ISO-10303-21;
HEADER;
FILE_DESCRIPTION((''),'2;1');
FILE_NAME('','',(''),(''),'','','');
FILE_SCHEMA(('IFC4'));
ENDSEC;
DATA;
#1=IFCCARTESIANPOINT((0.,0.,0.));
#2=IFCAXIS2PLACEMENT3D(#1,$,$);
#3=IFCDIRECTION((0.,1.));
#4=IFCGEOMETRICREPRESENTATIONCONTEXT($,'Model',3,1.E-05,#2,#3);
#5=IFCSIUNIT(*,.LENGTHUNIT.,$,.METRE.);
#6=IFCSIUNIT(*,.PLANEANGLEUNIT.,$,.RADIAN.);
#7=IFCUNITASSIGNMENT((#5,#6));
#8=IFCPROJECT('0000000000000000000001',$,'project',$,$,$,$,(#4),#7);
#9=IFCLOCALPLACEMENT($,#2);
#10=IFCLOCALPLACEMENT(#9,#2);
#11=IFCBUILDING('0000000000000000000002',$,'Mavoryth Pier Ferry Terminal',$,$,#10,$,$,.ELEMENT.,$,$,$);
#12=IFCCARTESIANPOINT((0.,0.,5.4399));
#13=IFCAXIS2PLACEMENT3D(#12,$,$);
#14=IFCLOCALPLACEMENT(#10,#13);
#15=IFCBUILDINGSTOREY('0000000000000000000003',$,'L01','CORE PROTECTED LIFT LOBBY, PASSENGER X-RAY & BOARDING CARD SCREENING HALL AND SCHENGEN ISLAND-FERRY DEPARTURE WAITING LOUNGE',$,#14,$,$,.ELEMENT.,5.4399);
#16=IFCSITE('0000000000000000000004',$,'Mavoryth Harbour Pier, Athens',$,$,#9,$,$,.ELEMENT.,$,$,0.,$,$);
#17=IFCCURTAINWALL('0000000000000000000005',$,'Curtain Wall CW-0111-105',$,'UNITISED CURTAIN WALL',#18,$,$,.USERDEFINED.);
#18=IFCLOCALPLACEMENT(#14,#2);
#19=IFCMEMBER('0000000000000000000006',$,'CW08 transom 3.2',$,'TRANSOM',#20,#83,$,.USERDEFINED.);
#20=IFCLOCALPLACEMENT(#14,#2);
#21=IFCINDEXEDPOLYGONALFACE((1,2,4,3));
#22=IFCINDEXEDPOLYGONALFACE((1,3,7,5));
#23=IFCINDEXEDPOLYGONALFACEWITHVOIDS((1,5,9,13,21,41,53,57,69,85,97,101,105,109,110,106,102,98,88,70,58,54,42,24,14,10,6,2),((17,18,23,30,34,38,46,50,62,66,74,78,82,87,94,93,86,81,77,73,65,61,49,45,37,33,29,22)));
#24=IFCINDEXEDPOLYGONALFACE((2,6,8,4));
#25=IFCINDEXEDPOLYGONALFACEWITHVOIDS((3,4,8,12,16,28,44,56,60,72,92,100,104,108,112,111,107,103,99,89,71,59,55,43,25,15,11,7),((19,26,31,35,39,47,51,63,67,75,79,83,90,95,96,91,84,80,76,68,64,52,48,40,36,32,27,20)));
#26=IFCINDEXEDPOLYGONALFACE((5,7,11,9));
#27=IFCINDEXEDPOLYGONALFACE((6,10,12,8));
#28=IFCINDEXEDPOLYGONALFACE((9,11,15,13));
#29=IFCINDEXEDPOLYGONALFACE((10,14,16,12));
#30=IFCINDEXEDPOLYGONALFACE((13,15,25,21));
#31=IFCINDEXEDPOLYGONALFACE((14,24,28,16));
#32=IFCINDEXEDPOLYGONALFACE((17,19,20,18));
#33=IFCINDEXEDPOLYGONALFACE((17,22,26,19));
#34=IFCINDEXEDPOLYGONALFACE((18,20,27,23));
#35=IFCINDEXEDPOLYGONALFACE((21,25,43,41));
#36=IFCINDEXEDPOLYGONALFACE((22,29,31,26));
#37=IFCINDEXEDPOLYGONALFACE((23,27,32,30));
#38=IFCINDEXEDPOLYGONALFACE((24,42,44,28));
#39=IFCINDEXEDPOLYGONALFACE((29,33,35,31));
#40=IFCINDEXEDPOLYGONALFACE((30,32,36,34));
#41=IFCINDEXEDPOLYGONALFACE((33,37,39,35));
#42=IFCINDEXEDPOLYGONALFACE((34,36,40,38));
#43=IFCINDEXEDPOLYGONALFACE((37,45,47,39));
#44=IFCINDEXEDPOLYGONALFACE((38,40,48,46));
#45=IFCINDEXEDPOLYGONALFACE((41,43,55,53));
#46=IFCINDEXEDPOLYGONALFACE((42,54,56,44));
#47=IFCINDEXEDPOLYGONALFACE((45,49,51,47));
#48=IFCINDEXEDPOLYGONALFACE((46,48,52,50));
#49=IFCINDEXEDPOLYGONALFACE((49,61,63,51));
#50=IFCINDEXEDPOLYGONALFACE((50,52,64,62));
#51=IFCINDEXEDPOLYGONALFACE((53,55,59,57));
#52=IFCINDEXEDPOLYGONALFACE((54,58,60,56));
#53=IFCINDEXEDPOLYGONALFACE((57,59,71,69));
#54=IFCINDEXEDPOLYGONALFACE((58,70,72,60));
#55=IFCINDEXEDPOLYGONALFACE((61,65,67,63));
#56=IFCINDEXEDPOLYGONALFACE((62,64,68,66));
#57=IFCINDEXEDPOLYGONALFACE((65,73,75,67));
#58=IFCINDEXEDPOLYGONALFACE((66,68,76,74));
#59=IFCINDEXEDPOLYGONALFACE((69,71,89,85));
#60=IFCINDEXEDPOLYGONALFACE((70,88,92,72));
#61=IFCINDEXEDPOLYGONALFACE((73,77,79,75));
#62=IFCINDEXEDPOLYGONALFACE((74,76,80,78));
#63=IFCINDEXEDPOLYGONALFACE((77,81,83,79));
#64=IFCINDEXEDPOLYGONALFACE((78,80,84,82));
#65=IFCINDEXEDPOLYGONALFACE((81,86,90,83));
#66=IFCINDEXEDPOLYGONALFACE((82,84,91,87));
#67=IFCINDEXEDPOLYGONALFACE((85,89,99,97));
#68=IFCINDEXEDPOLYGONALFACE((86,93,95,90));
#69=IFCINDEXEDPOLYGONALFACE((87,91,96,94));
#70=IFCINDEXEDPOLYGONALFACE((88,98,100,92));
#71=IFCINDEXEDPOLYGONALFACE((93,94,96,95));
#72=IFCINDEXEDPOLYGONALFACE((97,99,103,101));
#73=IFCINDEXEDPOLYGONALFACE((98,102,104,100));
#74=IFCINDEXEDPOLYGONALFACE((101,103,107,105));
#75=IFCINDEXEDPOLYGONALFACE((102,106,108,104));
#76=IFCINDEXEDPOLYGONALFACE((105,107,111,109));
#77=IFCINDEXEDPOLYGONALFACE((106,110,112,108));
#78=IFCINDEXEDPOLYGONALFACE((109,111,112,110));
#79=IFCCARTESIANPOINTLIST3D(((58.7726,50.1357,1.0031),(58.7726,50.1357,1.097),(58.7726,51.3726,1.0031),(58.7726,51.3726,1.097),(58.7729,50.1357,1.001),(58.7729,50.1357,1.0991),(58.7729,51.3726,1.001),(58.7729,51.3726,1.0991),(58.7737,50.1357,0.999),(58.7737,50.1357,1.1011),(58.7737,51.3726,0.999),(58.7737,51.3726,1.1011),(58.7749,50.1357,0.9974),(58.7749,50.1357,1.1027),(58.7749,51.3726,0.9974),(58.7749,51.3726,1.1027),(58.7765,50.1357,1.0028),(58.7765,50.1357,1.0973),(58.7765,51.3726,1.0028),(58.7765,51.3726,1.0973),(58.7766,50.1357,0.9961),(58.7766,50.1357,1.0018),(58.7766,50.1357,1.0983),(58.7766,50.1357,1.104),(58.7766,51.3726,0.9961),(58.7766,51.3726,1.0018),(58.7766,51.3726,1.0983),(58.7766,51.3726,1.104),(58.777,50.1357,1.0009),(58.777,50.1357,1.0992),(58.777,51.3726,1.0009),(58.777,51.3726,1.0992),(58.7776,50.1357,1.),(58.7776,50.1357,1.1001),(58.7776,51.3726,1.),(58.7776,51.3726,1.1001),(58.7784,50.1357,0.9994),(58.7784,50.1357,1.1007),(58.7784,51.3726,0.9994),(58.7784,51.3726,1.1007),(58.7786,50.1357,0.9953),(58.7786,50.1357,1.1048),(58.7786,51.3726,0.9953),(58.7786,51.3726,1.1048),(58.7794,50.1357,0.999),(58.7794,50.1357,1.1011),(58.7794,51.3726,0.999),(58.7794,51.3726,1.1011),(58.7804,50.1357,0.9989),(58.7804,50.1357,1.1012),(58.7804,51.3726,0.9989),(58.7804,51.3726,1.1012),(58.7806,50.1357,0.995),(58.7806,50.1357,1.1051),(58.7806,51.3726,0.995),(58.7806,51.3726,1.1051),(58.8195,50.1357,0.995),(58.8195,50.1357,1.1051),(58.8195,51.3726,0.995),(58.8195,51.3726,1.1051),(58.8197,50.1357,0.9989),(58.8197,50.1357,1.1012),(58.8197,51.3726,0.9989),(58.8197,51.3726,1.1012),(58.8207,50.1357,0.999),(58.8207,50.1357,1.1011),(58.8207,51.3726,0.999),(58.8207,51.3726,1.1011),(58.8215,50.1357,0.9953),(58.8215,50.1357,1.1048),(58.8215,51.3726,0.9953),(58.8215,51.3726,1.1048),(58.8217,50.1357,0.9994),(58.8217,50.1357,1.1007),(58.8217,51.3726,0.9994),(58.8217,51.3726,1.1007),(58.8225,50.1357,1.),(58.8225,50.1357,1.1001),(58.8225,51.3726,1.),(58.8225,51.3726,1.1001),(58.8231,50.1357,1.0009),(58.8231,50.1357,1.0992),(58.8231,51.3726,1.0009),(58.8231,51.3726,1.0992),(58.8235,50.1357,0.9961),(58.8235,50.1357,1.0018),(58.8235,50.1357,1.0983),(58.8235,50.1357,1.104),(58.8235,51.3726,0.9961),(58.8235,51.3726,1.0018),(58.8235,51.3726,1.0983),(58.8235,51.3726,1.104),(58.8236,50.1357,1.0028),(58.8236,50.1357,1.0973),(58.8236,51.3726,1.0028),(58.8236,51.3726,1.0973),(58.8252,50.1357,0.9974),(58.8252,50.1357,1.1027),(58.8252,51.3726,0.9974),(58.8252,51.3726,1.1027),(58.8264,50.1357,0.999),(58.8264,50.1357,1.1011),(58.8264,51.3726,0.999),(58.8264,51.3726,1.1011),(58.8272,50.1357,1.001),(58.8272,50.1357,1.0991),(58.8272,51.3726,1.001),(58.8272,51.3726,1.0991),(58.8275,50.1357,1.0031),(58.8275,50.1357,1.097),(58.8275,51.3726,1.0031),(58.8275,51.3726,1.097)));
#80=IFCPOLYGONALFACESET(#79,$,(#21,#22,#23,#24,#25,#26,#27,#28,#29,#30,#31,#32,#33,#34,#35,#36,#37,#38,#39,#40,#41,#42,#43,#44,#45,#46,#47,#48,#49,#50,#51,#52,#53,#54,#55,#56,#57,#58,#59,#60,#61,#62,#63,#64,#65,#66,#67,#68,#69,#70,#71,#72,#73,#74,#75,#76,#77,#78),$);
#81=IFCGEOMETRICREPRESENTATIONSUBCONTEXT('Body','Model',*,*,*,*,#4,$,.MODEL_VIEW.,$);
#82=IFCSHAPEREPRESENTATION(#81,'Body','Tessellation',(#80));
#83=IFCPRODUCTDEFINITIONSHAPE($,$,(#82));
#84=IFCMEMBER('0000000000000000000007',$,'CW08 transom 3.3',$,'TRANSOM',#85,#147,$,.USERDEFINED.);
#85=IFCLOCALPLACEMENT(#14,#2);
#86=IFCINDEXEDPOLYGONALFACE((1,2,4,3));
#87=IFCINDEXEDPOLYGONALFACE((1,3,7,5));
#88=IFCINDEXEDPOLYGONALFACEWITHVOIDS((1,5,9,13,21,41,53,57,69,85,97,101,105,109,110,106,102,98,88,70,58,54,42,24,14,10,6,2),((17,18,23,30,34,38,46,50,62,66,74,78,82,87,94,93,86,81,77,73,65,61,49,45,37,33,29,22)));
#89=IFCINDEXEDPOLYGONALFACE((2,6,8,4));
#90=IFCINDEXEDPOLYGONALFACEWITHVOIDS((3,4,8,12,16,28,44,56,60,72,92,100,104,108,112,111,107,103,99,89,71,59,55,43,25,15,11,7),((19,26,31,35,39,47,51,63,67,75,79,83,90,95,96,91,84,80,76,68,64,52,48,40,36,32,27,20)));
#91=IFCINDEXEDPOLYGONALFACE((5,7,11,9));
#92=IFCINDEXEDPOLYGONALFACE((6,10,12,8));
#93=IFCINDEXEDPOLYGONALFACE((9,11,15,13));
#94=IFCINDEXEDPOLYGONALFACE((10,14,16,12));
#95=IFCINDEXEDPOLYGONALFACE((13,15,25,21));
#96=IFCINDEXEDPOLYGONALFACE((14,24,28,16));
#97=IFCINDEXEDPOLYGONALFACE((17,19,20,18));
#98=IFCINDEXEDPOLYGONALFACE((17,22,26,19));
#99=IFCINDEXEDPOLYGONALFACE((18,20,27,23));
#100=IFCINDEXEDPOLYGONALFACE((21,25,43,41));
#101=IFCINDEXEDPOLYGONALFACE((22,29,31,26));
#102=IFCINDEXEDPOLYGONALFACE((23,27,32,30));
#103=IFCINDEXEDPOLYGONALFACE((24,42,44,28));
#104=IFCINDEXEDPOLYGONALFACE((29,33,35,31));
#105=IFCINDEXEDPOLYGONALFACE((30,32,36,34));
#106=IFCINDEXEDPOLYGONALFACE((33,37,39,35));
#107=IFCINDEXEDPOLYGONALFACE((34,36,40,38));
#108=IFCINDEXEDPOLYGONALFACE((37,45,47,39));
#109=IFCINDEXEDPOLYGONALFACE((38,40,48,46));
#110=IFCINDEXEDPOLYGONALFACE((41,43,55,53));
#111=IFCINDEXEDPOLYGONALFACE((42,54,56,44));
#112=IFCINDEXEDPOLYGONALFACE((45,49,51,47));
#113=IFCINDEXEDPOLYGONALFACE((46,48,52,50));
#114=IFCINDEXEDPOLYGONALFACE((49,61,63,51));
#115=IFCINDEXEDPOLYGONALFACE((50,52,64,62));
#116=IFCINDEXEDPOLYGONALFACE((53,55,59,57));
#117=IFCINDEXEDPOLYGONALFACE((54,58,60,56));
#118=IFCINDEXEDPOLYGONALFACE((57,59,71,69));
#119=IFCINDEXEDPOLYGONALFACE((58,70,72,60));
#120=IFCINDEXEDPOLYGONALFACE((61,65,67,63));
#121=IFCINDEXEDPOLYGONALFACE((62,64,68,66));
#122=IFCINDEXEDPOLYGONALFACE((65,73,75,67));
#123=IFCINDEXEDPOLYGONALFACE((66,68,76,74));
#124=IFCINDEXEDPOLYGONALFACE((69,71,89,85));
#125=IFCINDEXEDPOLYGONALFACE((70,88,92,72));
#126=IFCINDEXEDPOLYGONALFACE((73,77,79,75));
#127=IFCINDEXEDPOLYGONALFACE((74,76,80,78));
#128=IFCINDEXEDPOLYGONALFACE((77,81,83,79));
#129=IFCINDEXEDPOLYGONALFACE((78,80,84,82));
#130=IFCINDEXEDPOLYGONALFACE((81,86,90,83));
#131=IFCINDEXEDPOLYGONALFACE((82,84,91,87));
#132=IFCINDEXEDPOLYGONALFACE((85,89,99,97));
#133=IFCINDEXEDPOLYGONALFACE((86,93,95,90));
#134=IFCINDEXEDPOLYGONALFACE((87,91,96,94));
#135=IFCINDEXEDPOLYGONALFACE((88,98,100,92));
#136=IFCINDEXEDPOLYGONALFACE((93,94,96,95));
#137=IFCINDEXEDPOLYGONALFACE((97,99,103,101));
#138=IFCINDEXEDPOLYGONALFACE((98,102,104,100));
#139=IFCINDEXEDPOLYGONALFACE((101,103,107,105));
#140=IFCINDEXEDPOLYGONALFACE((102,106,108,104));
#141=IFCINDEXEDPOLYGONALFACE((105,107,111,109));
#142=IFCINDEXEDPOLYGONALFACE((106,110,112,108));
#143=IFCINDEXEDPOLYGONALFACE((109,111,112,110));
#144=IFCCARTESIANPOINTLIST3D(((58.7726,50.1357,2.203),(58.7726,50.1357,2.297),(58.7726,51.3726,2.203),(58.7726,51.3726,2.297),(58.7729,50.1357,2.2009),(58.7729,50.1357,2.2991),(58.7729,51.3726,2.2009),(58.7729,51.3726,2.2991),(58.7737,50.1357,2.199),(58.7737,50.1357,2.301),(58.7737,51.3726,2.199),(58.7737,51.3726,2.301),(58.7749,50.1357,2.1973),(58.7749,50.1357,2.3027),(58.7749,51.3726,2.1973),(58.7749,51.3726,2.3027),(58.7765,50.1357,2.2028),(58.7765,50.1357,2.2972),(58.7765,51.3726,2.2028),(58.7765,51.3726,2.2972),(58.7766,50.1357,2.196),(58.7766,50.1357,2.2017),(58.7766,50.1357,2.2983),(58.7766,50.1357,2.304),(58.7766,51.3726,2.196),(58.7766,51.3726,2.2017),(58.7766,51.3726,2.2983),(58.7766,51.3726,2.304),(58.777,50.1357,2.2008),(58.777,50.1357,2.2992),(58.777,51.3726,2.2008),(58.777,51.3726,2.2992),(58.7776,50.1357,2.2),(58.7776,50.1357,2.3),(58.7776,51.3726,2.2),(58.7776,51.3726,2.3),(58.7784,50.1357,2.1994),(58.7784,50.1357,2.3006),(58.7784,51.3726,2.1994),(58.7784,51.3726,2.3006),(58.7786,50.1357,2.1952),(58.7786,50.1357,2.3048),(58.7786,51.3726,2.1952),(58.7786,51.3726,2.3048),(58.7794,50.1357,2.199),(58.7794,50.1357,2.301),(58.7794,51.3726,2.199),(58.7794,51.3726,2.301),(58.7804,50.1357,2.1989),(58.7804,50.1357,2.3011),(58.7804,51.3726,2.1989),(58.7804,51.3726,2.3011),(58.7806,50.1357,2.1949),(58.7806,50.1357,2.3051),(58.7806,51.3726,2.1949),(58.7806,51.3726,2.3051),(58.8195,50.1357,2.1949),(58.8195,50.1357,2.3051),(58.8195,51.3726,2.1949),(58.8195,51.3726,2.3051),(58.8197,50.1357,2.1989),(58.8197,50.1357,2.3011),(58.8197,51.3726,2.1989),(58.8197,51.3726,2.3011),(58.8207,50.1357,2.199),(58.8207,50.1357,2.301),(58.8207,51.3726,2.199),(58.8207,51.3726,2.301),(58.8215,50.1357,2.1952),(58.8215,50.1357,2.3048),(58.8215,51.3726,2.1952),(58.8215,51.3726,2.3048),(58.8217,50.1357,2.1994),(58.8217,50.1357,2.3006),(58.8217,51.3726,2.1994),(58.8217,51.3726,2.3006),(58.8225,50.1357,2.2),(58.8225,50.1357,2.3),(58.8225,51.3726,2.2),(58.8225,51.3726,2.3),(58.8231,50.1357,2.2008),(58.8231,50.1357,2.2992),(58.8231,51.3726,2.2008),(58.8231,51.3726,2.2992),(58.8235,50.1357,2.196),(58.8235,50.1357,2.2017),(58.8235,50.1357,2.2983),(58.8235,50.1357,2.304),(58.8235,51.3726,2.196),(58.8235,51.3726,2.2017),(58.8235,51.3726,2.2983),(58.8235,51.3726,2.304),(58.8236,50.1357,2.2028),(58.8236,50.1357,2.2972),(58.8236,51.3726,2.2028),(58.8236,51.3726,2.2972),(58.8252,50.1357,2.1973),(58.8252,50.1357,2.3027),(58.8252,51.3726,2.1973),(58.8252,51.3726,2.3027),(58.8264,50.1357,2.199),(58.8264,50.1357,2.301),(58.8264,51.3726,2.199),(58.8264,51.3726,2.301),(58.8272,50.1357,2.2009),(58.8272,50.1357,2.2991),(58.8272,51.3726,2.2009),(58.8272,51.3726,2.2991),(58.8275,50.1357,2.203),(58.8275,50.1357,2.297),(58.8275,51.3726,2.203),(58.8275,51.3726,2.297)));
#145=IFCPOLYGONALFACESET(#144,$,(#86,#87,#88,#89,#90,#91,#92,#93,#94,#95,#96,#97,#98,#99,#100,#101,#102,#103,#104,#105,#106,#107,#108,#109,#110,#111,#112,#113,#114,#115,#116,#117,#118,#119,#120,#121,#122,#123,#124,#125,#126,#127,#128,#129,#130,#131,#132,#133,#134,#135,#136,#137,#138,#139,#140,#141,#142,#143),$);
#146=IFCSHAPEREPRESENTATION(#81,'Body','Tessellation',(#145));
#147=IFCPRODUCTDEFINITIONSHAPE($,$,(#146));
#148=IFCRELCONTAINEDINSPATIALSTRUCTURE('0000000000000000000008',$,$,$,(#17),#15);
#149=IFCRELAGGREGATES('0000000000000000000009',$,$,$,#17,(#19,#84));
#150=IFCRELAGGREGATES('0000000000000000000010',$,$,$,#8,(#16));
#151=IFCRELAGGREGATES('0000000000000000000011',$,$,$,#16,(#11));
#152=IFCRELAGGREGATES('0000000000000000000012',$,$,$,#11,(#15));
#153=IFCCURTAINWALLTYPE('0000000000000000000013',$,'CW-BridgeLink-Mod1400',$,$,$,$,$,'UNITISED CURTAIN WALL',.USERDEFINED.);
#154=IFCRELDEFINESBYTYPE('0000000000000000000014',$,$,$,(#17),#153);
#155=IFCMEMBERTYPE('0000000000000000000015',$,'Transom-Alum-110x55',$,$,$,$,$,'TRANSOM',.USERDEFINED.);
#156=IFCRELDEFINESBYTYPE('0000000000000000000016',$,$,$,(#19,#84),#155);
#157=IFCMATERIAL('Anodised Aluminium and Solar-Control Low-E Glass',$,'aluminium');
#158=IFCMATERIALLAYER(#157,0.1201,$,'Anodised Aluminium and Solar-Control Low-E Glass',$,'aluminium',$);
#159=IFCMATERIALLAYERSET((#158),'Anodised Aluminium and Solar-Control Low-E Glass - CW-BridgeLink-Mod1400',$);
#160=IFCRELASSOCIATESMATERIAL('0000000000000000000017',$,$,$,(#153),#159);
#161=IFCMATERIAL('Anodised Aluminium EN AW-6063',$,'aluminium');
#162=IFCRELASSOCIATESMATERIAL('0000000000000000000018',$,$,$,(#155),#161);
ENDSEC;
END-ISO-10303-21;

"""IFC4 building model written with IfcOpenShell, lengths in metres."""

from ifc_helpers import new_model, si_unit, direction, frame, origin, origin_2d, place, context, subcontext, project, spatial, hollow_rectangle, extrude, material, layer, layer_set, material_profile, profile_set, type_object, element, aggregate, save


model = new_model("IFC4")

# Units and contexts
model_context = context("Model", 3, precision=1e-05, world=origin(), true_north=direction((0.0, 1.0)))
body_context = subcontext(model_context, "Body", "Model", "MODEL_VIEW")
ifc_project = project(units=[si_unit("LENGTHUNIT", "METRE"), si_unit("PLANEANGLEUNIT", "RADIAN")], contexts=[model_context])

# Site, building, storey
site_placement = place(None, origin())
site = spatial("IfcSite", under=ifc_project, at=site_placement, Name="Mavoryth Harbour Pier, Athens", CompositionType="ELEMENT", RefElevation=0.0)
building_placement = place(site_placement, origin())
building = spatial("IfcBuilding", under=site, at=building_placement, Name="Mavoryth Pier Ferry Terminal", CompositionType="ELEMENT")
storey_placement = place(building_placement, frame((0.0, 0.0, 5.4399)))
storey = spatial("IfcBuildingStorey", under=building, at=storey_placement, Name="L01", Description="CORE PROTECTED LIFT LOBBY, PASSENGER X-RAY & BOARDING CARD SCREENING HALL AND SCHENGEN ISLAND-FERRY DEPARTURE WAITING LOUNGE", CompositionType="ELEMENT", Elevation=5.4399)

# Curtain wall, members
ifc_material_1 = material(Name="Anodised Aluminium and Solar-Control Low-E Glass", Category="aluminium")
ifc_layer_1 = layer(ifc_material_1, 0.1201, Name="Anodised Aluminium and Solar-Control Low-E Glass", Category="aluminium")
ifc_layer_set_1 = layer_set([ifc_layer_1], Name="Anodised Aluminium and Solar-Control Low-E Glass - CW-BridgeLink-Mod1400")
curtain_wall_type = type_object("IfcCurtainWallType", Name="CW-BridgeLink-Mod1400", ElementType="UNITISED CURTAIN WALL", PredefinedType="USERDEFINED", material=ifc_layer_set_1)
curtain_wall_placement = place(storey_placement, origin())
curtain_wall = element("IfcCurtainWall", 1, at=curtain_wall_placement, inside=storey, type_object=curtain_wall_type, Name="Curtain Wall CW-0111-105", ObjectType="UNITISED CURTAIN WALL", PredefinedType="USERDEFINED")
ifc_material_2 = material(Name="Anodised Aluminium EN AW-6063", Category="aluminium")
ifc_material_profile_1 = material_profile(ifc_material_2, hollow_rectangle(XDim=0.0549, YDim=0.1101, WallThickness=0.0039, InnerFilletRadius=0.0039, OuterFilletRadius=0.0081, at=origin_2d()), Name="AL-TRAN 110x55x4", Category="aluminium")
ifc_profile_set_1 = profile_set([ifc_material_profile_1], Name="Anodised Aluminium EN AW-6063 - AL-TRAN 110x55x4")
member_type_1 = type_object("IfcMemberType", Name="Transom-Alum-110x55", ElementType="TRANSOM", PredefinedType="USERDEFINED", material=ifc_profile_set_1)
member_1_placement = place(storey_placement, frame((58.8, 50.1357, 1.05), z_axis=(0.0, 1.0, 0.0), x_axis=(-1.0, 0.0, 0.0)))
member_1 = element("IfcMember", 2, at=member_1_placement, type_object=member_type_1, Name="CW08 transom 3.2", ObjectType="TRANSOM", PredefinedType="USERDEFINED", context=body_context, shape_type="SweptSolid", body=[
    extrude(hollow_rectangle(XDim=0.0549, YDim=0.1101, WallThickness=0.0039, InnerFilletRadius=0.0039, OuterFilletRadius=0.0081, at=origin_2d()), origin(), (0.0, 0.0, 1.0), 1.2368),
])
member_2_placement = place(storey_placement, frame((58.8, 50.1357, 2.25), z_axis=(0.0, 1.0, 0.0), x_axis=(-1.0, 0.0, 0.0)))
member_2 = element("IfcMember", 3, at=member_2_placement, type_object=member_type_1, Name="CW08 transom 3.3", ObjectType="TRANSOM", PredefinedType="USERDEFINED", context=body_context, shape_type="SweptSolid", body=[
    extrude(hollow_rectangle(XDim=0.0549, YDim=0.1101, WallThickness=0.0039, InnerFilletRadius=0.0039, OuterFilletRadius=0.0081, at=origin_2d()), origin(), (0.0, 0.0, 1.0), 1.2368),
])
aggregate(curtain_wall, [member_1, member_2])

save(model, "model.ifc")
